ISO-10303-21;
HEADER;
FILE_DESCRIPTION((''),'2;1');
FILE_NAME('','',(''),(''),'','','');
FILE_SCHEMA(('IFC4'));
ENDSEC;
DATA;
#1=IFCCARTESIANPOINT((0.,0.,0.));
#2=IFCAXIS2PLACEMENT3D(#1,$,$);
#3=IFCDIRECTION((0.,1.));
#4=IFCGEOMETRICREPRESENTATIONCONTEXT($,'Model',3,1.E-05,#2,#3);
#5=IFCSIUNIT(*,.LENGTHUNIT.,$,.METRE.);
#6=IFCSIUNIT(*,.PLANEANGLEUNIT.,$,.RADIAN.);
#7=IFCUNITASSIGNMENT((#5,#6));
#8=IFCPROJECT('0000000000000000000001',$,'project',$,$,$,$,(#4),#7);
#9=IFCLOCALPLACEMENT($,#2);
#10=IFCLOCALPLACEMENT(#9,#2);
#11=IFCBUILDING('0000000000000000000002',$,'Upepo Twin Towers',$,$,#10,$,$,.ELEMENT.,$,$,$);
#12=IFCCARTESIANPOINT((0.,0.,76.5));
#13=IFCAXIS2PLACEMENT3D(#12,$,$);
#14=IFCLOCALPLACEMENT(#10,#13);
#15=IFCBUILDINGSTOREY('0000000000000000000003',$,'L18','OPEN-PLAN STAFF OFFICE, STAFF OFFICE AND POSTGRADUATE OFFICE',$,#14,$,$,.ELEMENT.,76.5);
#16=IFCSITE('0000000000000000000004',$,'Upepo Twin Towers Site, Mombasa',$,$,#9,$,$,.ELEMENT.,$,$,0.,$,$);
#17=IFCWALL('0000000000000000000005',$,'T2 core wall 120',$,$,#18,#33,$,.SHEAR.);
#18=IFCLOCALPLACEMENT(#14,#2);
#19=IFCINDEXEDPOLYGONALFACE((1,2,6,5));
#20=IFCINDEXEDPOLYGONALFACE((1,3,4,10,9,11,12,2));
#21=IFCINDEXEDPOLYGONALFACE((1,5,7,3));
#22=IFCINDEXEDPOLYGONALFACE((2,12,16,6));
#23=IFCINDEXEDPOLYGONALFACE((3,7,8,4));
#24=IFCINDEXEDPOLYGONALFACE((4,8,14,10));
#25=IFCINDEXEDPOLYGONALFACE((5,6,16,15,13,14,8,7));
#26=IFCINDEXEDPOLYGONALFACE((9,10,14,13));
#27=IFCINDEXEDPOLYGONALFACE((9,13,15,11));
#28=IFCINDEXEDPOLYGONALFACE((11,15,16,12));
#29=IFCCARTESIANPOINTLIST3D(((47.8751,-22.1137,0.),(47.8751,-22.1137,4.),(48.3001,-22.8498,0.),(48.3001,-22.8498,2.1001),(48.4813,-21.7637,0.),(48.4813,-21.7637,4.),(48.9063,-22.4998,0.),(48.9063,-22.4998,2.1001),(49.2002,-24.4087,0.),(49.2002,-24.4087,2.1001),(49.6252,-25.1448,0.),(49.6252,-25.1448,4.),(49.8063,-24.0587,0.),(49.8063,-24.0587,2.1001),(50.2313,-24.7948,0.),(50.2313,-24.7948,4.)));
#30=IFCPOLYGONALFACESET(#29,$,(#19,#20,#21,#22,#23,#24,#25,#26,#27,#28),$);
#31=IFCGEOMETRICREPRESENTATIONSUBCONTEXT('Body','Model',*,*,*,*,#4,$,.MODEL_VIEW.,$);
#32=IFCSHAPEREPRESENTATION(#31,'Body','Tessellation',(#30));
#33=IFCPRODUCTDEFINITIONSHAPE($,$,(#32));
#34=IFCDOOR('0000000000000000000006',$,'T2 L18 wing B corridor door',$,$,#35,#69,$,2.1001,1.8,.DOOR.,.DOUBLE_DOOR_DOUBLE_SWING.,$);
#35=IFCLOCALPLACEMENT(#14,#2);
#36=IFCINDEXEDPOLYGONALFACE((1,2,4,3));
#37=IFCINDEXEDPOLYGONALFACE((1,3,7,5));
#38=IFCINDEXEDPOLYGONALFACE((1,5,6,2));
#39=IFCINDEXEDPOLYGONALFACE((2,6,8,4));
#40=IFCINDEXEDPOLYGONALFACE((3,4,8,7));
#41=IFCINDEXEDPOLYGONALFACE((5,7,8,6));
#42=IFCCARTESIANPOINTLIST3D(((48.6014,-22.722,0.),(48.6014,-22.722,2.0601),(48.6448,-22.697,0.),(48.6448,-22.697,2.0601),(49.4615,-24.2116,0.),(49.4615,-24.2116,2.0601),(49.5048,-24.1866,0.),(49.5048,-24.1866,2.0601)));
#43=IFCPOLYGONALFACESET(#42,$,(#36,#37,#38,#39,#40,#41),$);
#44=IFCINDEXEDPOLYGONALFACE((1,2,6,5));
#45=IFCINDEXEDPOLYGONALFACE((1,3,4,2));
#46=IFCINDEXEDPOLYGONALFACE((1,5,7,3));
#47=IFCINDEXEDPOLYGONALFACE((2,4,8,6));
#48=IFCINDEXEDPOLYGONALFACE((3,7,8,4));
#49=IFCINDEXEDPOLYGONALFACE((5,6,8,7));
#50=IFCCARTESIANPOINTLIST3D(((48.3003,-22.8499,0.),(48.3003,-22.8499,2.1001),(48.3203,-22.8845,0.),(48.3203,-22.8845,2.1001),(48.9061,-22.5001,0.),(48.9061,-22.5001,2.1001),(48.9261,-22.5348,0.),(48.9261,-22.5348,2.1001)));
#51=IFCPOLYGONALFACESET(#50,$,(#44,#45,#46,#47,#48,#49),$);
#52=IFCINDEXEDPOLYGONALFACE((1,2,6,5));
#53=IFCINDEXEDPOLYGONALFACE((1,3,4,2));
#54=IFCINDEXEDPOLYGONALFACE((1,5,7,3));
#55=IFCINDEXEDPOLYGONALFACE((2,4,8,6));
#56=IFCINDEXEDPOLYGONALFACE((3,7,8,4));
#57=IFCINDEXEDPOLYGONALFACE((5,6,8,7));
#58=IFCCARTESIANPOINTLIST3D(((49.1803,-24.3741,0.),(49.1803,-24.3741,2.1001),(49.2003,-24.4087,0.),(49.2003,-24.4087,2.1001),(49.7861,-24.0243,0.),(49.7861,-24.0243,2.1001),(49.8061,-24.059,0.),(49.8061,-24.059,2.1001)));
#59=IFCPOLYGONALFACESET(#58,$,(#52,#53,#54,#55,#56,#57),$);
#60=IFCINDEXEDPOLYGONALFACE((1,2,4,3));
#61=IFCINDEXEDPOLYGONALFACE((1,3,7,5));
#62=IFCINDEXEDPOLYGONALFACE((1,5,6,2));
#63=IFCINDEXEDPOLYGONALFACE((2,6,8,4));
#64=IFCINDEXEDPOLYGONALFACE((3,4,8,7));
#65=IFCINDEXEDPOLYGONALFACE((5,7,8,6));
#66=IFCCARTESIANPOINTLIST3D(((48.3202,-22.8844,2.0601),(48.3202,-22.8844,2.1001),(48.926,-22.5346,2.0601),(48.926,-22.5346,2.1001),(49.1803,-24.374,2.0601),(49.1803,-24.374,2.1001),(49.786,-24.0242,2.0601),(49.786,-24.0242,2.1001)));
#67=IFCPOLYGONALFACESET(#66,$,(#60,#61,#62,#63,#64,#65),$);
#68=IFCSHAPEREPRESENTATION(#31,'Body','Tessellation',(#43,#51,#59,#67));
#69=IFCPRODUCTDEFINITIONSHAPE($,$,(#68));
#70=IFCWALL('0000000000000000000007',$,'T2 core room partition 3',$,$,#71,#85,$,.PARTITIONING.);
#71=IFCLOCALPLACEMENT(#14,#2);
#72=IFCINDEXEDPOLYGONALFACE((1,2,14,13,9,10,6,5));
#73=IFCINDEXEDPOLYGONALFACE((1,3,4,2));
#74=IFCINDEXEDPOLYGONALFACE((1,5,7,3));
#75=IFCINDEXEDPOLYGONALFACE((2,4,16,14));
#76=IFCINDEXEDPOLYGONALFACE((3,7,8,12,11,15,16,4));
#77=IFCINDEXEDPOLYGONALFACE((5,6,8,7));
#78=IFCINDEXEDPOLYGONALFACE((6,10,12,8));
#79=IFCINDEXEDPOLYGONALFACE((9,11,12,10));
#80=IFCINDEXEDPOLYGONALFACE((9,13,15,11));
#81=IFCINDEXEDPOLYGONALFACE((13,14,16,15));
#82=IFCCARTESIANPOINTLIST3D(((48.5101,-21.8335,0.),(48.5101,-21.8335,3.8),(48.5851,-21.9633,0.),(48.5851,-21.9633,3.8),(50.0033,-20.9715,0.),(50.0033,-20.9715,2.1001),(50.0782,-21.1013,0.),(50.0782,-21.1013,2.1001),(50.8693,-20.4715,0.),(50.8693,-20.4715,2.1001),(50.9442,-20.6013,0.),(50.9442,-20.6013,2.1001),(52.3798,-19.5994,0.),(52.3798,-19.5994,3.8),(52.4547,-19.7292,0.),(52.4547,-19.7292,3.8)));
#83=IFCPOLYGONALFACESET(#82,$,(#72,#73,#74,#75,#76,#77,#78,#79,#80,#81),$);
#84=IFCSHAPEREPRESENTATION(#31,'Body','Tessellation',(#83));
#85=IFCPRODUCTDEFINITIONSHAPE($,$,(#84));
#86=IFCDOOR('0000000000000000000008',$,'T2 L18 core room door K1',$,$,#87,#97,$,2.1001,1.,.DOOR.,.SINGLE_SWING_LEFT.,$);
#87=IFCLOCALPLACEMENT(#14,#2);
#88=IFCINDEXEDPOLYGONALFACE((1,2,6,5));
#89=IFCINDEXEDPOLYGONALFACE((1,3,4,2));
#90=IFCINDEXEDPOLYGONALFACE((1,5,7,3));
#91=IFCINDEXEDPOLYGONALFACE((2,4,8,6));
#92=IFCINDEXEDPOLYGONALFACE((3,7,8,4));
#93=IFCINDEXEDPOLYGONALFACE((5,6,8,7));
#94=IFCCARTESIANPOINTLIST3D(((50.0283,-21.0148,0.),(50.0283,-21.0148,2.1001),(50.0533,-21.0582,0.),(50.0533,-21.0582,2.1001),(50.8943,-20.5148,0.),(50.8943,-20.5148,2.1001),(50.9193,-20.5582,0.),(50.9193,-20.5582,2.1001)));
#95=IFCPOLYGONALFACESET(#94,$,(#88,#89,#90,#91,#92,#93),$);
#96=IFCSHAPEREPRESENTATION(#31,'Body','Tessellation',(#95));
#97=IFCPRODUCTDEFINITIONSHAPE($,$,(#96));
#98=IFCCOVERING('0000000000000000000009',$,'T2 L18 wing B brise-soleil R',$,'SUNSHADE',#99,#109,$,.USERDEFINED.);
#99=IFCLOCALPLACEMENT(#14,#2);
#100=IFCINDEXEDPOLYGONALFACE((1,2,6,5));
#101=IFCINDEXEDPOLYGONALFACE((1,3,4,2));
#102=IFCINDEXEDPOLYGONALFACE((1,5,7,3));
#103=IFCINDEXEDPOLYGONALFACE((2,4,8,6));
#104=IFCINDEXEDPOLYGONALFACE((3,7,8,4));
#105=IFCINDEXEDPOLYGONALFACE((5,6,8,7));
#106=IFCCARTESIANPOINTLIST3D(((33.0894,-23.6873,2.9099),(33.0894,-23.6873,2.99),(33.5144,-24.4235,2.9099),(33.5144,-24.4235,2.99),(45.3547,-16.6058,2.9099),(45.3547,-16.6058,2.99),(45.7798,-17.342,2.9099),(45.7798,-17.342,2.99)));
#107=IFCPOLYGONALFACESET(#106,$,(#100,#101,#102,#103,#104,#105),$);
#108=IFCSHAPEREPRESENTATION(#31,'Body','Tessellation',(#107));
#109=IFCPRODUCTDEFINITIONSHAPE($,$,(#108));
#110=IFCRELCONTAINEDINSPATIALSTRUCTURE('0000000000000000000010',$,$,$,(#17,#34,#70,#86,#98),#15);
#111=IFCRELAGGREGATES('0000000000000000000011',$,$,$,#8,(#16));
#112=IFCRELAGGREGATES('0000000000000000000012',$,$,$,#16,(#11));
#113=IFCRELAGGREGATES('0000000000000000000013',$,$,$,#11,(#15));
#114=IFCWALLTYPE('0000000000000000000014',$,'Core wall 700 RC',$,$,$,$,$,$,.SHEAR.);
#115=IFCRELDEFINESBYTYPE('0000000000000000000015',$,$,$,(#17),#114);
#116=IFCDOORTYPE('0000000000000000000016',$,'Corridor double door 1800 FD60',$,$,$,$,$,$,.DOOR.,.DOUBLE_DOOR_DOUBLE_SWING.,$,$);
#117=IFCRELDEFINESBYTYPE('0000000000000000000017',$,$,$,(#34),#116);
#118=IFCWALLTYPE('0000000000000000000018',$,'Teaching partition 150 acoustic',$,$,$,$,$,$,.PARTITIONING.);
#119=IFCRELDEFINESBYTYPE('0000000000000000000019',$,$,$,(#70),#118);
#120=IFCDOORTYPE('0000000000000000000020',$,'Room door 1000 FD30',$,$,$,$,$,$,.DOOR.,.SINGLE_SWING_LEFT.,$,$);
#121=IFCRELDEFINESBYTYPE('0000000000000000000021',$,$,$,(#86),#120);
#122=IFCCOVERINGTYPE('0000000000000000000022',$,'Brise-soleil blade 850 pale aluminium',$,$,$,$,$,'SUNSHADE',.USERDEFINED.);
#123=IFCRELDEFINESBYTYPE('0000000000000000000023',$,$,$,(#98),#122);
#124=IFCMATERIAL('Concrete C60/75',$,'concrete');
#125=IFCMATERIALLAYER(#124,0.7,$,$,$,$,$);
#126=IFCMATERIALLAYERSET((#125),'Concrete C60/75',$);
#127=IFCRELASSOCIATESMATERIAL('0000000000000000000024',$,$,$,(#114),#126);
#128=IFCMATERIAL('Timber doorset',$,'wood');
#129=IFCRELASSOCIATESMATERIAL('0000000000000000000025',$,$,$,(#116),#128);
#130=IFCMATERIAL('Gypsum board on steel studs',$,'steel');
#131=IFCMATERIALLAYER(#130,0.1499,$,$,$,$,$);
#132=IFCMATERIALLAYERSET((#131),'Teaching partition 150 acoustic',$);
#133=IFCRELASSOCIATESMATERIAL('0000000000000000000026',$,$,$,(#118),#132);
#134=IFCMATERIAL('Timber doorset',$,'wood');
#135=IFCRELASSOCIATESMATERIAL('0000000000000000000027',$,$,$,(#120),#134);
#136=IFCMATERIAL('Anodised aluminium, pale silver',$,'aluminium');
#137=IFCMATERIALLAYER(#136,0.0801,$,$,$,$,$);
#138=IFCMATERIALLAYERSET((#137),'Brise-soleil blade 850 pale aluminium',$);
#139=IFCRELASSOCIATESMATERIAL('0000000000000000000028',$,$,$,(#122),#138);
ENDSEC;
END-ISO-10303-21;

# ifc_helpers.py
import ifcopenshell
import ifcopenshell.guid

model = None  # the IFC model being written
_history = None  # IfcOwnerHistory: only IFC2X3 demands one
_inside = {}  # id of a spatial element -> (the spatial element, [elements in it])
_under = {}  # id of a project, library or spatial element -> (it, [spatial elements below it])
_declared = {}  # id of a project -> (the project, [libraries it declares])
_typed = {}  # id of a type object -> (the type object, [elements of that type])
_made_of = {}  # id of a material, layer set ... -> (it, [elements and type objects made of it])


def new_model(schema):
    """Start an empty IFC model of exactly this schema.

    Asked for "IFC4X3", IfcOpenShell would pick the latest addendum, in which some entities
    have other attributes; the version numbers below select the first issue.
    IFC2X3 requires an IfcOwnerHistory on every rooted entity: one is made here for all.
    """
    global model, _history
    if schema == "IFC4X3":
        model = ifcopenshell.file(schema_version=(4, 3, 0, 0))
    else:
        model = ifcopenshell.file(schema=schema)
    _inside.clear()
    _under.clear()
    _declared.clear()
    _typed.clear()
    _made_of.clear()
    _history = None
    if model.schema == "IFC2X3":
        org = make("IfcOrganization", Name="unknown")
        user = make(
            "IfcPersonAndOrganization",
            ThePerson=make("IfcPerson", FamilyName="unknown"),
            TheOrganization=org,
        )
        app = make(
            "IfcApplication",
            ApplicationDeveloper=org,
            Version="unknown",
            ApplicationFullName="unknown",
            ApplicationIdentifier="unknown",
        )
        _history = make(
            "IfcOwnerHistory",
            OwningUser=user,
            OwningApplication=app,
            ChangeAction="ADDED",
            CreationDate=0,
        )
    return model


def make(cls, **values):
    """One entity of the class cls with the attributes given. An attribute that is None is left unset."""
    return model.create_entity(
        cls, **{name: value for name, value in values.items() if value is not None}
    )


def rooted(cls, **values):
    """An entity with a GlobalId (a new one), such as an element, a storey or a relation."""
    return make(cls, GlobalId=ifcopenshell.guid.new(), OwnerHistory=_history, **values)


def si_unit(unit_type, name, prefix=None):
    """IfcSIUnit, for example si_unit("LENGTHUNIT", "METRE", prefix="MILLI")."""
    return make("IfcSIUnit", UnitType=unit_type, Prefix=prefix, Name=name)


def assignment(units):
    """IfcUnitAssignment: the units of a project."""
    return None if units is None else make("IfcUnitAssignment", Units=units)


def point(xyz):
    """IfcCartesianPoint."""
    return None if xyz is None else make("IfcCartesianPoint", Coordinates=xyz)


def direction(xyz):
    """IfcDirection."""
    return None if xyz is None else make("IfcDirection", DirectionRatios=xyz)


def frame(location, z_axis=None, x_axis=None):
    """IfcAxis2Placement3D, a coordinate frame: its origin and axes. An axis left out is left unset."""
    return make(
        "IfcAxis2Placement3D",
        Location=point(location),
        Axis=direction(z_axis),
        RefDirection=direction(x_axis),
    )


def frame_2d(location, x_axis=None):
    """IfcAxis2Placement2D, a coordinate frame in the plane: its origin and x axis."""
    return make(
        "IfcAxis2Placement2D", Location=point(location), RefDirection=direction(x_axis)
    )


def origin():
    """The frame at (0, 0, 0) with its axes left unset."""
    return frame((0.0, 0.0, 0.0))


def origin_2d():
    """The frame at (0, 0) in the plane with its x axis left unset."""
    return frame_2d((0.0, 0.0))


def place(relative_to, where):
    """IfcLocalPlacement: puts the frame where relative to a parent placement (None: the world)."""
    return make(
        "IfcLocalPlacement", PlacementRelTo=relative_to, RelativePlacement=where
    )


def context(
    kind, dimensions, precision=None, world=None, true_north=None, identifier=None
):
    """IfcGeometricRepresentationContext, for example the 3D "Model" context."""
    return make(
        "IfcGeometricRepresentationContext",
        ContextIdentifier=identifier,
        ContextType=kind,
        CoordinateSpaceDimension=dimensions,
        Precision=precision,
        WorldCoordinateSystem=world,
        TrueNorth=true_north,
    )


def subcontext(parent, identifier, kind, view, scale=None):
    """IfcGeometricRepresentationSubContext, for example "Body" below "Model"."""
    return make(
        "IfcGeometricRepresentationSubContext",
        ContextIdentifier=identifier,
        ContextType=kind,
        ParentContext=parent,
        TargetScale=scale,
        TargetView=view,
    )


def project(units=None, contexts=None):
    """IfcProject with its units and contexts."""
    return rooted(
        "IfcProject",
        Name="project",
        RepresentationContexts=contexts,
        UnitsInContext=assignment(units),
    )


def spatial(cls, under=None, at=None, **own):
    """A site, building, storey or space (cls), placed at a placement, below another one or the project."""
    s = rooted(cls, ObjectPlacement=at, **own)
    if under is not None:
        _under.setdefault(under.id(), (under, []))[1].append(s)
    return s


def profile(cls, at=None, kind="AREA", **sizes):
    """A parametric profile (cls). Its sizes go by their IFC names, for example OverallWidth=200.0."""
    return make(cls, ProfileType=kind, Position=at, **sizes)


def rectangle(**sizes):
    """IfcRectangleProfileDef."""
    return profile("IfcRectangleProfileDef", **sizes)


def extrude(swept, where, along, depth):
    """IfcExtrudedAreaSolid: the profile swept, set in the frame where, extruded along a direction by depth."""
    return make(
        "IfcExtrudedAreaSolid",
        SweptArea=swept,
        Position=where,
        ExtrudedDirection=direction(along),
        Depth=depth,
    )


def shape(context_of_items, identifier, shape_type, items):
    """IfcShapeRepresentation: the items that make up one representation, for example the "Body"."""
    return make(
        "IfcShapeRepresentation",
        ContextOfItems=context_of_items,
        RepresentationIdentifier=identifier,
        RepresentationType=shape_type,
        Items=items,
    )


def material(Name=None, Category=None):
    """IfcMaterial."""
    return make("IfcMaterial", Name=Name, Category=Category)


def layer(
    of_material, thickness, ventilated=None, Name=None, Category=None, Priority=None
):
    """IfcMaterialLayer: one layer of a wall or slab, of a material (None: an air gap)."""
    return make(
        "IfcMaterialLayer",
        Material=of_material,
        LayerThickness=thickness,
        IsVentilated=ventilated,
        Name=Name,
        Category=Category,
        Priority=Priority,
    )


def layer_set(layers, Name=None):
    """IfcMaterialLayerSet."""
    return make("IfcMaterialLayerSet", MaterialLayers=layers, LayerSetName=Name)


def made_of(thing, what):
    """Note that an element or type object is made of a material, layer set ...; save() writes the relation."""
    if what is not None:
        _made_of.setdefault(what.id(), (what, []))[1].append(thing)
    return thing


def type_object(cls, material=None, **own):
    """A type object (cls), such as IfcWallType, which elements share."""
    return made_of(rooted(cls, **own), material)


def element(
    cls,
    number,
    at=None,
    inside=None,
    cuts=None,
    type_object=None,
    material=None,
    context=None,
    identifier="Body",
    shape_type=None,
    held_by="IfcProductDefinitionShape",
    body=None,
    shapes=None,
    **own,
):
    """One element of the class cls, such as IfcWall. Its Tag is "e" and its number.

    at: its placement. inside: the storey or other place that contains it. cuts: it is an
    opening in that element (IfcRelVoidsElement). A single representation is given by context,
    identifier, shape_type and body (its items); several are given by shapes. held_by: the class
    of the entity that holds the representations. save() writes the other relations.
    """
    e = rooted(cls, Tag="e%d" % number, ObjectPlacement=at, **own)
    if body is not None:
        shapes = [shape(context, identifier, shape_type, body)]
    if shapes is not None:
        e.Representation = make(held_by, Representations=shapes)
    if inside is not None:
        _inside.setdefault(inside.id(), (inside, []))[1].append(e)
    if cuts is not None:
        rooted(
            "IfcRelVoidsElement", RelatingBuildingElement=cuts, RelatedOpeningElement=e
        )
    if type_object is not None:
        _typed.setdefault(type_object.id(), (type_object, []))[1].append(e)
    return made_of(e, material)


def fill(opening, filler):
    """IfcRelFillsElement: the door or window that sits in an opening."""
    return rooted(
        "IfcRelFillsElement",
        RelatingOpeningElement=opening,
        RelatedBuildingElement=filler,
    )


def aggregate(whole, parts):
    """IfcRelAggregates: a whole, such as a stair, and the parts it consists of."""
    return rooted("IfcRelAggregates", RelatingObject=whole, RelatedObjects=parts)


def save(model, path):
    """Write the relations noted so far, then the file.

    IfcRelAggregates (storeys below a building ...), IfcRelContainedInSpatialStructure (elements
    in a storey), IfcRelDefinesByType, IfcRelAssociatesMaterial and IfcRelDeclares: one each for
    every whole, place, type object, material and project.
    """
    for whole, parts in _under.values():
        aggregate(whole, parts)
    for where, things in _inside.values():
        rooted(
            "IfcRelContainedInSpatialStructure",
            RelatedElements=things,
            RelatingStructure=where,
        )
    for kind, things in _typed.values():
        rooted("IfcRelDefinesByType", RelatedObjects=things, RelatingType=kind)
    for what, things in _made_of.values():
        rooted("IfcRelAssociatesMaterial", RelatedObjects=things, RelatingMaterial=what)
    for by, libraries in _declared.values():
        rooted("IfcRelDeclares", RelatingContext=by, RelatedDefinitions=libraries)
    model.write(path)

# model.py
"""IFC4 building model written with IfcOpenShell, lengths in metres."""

from ifc_helpers import new_model, si_unit, direction, frame, frame_2d, origin, origin_2d, place, context, subcontext, project, spatial, rectangle, extrude, material, layer, layer_set, type_object, element, fill, save


model = new_model("IFC4")

# Units and contexts
model_context = context("Model", 3, precision=1e-05, world=origin(), true_north=direction((0.0, 1.0)))
body_context = subcontext(model_context, "Body", "Model", "MODEL_VIEW")
ifc_project = project(units=[si_unit("LENGTHUNIT", "METRE"), si_unit("PLANEANGLEUNIT", "RADIAN")], contexts=[model_context])

# Site, building, storey
site_placement = place(None, origin())
site = spatial("IfcSite", under=ifc_project, at=site_placement, Name="Upepo Twin Towers Site, Mombasa", CompositionType="ELEMENT", RefElevation=0.0)
building_placement = place(site_placement, origin())
building = spatial("IfcBuilding", under=site, at=building_placement, Name="Upepo Twin Towers", CompositionType="ELEMENT")
storey_placement = place(building_placement, frame((0.0, 0.0, 76.5)))
storey = spatial("IfcBuildingStorey", under=building, at=storey_placement, Name="L18", Description="OPEN-PLAN STAFF OFFICE, STAFF OFFICE AND POSTGRADUATE OFFICE", CompositionType="ELEMENT", Elevation=76.5)

# Shared definitions
ifc_material_1 = material(Name="Concrete C60/75", Category="concrete")
ifc_layer_1 = layer(ifc_material_1, 0.7)
ifc_layer_set_1 = layer_set([ifc_layer_1], Name="Concrete C60/75")
wall_type_1 = type_object("IfcWallType", Name="Core wall 700 RC", PredefinedType="SHEAR", material=ifc_layer_set_1)

# Walls, openings, doors
wall_1_placement = place(storey_placement, frame((48.1782, -21.9387, 0.0), z_axis=(0.0, 0.0, 1.0), x_axis=(0.50001, -0.866019, 0.0)))
wall_1 = element("IfcWall", 1, at=wall_1_placement, inside=storey, type_object=wall_type_1, Name="T2 core wall 120", PredefinedType="SHEAR", context=body_context, shape_type="SweptSolid", body=[
    extrude(rectangle(XDim=3.5, YDim=0.7, at=frame_2d((1.75, 0.0))), origin(), (0.0, 0.0, 1.0), 4.0),
])
opening_1_placement = place(wall_1_placement, frame((0.8501, 0.0, 0.0)))
opening_1 = element("IfcOpeningElement", 2, at=opening_1_placement, cuts=wall_1, PredefinedType="OPENING", context=body_context, shape_type="SweptSolid", body=[
    extrude(rectangle(XDim=1.8, YDim=2.1001, at=frame_2d((0.8999, 1.05))), frame((0.0, 0.3599, 0.0), z_axis=(0.0, -1.0, 0.0), x_axis=(1.0, 0.0, 0.0)), (0.0, 0.0, 1.0), 0.72),
])
ifc_material_2 = material(Name="Timber doorset", Category="wood")
door_type_1 = type_object("IfcDoorType", Name="Corridor double door 1800 FD60", OperationType="DOUBLE_DOOR_DOUBLE_SWING", PredefinedType="DOOR", material=ifc_material_2)
door_1_placement = place(opening_1_placement, origin())
door_1 = element("IfcDoor", 3, at=door_1_placement, inside=storey, type_object=door_type_1, Name="T2 L18 wing B corridor door", OperationType="DOUBLE_DOOR_DOUBLE_SWING", OverallHeight=2.1001, OverallWidth=1.8, PredefinedType="DOOR", context=body_context, shape_type="SweptSolid", body=[
    extrude(rectangle(XDim=1.72, YDim=2.0601, at=frame_2d((0.8999, 1.03))), frame((0.0, 0.0249, 0.0), z_axis=(0.0, -1.0, 0.0), x_axis=(1.0, 0.0, 0.0)), (0.0, 0.0, 1.0), 0.05),
    extrude(rectangle(XDim=0.04, YDim=2.1001, at=frame_2d((0.02, 1.05))), frame((0.0, 0.3496, 0.0), z_axis=(0.0, -1.0, 0.0), x_axis=(1.0, 0.0, 0.0)), (0.0, 0.0, 1.0), 0.6995),
    extrude(rectangle(XDim=0.04, YDim=2.1001, at=frame_2d((1.78, 1.05))), frame((0.0, 0.3496, 0.0), z_axis=(0.0, -1.0, 0.0), x_axis=(1.0, 0.0, 0.0)), (0.0, 0.0, 1.0), 0.6995),
    extrude(rectangle(XDim=1.72, YDim=0.04, at=frame_2d((0.8999, 2.0801))), frame((0.0, 0.3496, 0.0), z_axis=(0.0, -1.0, 0.0), x_axis=(1.0, 0.0, 0.0)), (0.0, 0.0, 1.0), 0.6995),
])
fill(opening_1, door_1)
ifc_material_3 = material(Name="Gypsum board on steel studs", Category="steel")
ifc_layer_2 = layer(ifc_material_3, 0.1499)
ifc_layer_set_2 = layer_set([ifc_layer_2], Name="Teaching partition 150 acoustic")
wall_type_2 = type_object("IfcWallType", Name="Teaching partition 150 acoustic", PredefinedType="PARTITIONING", material=ifc_layer_set_2)
wall_2_placement = place(storey_placement, frame((48.5476, -21.8984, 0.0), z_axis=(0.0, 0.0, 1.0), x_axis=(0.866025, 0.5, 0.0)))
wall_2 = element("IfcWall", 4, at=wall_2_placement, inside=storey, type_object=wall_type_2, Name="T2 core room partition 3", PredefinedType="PARTITIONING", context=body_context, shape_type="SweptSolid", body=[
    extrude(rectangle(XDim=4.4683, YDim=0.1499, at=frame_2d((2.2341, 0.0))), origin(), (0.0, 0.0, 1.0), 3.8),
])
opening_2_placement = place(wall_2_placement, frame((1.7241, 0.0, 0.0)))
opening_2 = element("IfcOpeningElement", 5, at=opening_2_placement, cuts=wall_2, PredefinedType="OPENING", context=body_context, shape_type="SweptSolid", body=[
    extrude(rectangle(XDim=1.0, YDim=2.1001, at=frame_2d((0.5, 1.05))), frame((0.0, 0.085, 0.0), z_axis=(0.0, -1.0, 0.0), x_axis=(1.0, 0.0, 0.0)), (0.0, 0.0, 1.0), 0.1699),
])
ifc_material_4 = material(Name="Timber doorset", Category="wood")
door_type_2 = type_object("IfcDoorType", Name="Room door 1000 FD30", OperationType="SINGLE_SWING_LEFT", PredefinedType="DOOR", material=ifc_material_4)
door_2_placement = place(opening_2_placement, origin())
door_2 = element("IfcDoor", 6, at=door_2_placement, inside=storey, type_object=door_type_2, Name="T2 L18 core room door K1", OperationType="SINGLE_SWING_LEFT", OverallHeight=2.1001, OverallWidth=1.0, PredefinedType="DOOR", context=body_context, shape_type="SweptSolid", body=[
    extrude(rectangle(XDim=1.0, YDim=2.1001, at=frame_2d((0.5, 1.05))), frame((0.0, 0.0249, 0.0), z_axis=(0.0, -1.0, 0.0), x_axis=(1.0, 0.0, 0.0)), (0.0, 0.0, 1.0), 0.05),
])
fill(opening_2, door_2)

# Covering
ifc_material_5 = material(Name="Anodised aluminium, pale silver", Category="aluminium")
ifc_layer_3 = layer(ifc_material_5, 0.0801)
ifc_layer_set_3 = layer_set([ifc_layer_3], Name="Brise-soleil blade 850 pale aluminium")
covering_type = type_object("IfcCoveringType", Name="Brise-soleil blade 850 pale aluminium", ElementType="SUNSHADE", PredefinedType="USERDEFINED", material=ifc_layer_set_3)
covering_placement = place(storey_placement, frame((39.4346, -20.5146, 2.9099), z_axis=(0.0, 0.0, 1.0), x_axis=(-0.866025, -0.5, 0.0)))
element("IfcCovering", 7, at=covering_placement, inside=storey, type_object=covering_type, Name="T2 L18 wing B brise-soleil R", ObjectType="SUNSHADE", PredefinedType="USERDEFINED", context=body_context, shape_type="SweptSolid", body=[
    extrude(rectangle(XDim=14.1628, YDim=0.8501, at=origin_2d()), origin(), (0.0, 0.0, 1.0), 0.0801),
])

save(model, "model.ifc")
